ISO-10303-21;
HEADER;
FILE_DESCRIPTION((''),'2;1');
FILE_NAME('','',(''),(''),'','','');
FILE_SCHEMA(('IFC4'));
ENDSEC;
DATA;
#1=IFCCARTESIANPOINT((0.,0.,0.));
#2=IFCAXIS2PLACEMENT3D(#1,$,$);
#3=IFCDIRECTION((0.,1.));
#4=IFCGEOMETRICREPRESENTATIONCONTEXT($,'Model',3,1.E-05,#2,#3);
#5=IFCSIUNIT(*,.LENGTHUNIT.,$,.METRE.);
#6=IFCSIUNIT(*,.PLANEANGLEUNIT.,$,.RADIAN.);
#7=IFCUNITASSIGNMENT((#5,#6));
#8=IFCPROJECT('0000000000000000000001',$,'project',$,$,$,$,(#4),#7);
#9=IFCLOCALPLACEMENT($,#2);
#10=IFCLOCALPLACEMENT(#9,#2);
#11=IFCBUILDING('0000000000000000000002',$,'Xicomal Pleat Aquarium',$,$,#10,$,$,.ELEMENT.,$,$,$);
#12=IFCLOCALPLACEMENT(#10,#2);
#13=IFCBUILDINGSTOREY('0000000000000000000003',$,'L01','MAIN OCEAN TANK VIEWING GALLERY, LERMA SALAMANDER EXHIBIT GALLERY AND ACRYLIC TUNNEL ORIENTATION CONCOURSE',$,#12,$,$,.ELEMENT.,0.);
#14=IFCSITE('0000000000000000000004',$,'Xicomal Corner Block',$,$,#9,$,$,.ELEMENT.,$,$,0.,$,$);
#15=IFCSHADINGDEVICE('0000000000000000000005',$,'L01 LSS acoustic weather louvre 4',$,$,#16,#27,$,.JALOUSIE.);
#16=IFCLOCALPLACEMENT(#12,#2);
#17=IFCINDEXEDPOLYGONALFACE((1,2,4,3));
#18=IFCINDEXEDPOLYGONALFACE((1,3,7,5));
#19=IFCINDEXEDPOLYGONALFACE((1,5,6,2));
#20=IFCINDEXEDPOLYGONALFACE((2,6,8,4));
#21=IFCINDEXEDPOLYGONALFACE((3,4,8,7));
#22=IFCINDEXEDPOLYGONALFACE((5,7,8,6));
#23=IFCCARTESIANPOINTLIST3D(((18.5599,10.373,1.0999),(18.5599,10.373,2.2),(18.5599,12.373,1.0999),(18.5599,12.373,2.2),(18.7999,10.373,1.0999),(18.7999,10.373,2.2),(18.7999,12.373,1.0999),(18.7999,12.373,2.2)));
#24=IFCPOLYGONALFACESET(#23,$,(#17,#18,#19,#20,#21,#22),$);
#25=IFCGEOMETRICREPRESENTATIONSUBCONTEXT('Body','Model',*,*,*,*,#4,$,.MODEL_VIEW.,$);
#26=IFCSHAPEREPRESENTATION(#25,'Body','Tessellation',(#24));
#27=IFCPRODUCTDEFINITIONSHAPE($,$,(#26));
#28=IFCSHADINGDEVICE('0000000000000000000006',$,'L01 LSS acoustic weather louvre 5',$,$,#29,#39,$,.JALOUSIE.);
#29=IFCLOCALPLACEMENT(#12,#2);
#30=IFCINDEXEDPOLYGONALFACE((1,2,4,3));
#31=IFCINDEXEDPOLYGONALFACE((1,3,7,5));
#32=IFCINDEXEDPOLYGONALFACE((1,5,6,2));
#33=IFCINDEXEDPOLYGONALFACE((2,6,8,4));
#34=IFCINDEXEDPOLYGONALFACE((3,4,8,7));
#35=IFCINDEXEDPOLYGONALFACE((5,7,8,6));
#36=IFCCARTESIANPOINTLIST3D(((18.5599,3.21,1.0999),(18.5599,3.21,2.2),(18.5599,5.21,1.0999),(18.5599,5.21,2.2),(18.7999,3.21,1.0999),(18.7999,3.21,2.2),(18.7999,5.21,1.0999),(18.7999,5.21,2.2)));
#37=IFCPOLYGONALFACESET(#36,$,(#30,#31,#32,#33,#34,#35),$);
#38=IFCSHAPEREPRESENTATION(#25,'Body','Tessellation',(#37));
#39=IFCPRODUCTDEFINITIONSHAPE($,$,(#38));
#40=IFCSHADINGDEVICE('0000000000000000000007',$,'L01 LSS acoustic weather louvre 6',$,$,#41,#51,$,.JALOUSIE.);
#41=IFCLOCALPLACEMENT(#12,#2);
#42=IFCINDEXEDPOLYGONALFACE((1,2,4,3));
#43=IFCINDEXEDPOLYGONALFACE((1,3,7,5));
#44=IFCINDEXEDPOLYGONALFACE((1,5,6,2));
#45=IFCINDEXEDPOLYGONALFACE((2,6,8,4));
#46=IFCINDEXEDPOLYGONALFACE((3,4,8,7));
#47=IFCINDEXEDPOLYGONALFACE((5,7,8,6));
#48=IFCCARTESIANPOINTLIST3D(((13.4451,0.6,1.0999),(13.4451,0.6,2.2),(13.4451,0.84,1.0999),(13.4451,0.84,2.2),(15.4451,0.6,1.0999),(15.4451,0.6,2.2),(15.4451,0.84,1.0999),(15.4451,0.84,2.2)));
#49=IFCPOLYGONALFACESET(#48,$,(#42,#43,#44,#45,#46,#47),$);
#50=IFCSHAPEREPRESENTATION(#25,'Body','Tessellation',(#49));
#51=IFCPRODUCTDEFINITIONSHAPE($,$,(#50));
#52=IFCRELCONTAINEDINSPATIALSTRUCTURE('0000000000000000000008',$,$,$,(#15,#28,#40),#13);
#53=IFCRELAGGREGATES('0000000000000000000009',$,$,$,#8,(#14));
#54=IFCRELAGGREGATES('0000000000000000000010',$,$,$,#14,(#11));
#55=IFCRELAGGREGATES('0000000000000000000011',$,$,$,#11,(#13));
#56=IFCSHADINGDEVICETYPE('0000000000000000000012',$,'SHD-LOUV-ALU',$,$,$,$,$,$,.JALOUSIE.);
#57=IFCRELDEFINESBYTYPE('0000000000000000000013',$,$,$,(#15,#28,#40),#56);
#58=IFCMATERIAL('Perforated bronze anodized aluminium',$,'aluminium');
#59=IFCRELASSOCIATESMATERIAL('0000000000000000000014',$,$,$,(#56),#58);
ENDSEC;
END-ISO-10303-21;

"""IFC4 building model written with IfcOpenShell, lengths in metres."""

from ifc_helpers import new_model, si_unit, direction, frame, origin, origin_2d, place, context, subcontext, project, spatial, rectangle, extrude, material, type_object, element, save


model = new_model("IFC4")

# Units and contexts
model_context = context("Model", 3, precision=1e-05, world=origin(), true_north=direction((0.0, 1.0)))
body_context = subcontext(model_context, "Body", "Model", "MODEL_VIEW")
ifc_project = project(units=[si_unit("LENGTHUNIT", "METRE"), si_unit("PLANEANGLEUNIT", "RADIAN")], contexts=[model_context])

# Site, building, storey
site_placement = place(None, origin())
site = spatial("IfcSite", under=ifc_project, at=site_placement, Name="Xicomal Corner Block", CompositionType="ELEMENT", RefElevation=0.0)
building_placement = place(site_placement, origin())
building = spatial("IfcBuilding", under=site, at=building_placement, Name="Xicomal Pleat Aquarium", CompositionType="ELEMENT")
storey_placement = place(building_placement, origin())
storey = spatial("IfcBuildingStorey", under=building, at=storey_placement, Name="L01", Description="MAIN OCEAN TANK VIEWING GALLERY, LERMA SALAMANDER EXHIBIT GALLERY AND ACRYLIC TUNNEL ORIENTATION CONCOURSE", CompositionType="ELEMENT", Elevation=0.0)

# Shading devices
ifc_material_1 = material(Name="Perforated bronze anodized aluminium", Category="aluminium")
shading_device_type = type_object("IfcShadingDeviceType", Name="SHD-LOUV-ALU", PredefinedType="JALOUSIE", material=ifc_material_1)
for number, where, z_axis, x_axis, name in (
    (1, (18.6799, 11.373, 1.0999), (0.0, 0.0, 1.0), (0.0, -1.0, 0.0), "L01 LSS acoustic weather louvre 4"),
    (2, (18.6799, 4.21, 1.0999), (0.0, 0.0, 1.0), (0.0, -1.0, 0.0), "L01 LSS acoustic weather louvre 5"),
    (3, (14.4451, 0.72, 1.0999), (0.0, 0.0, 1.0), (-1.0, 0.0, 0.0), "L01 LSS acoustic weather louvre 6"),
):
    element("IfcShadingDevice", number, at=place(storey_placement, frame(where, z_axis=z_axis, x_axis=x_axis)), inside=storey, type_object=shading_device_type, Name=name, PredefinedType="JALOUSIE", context=body_context, shape_type="SweptSolid", body=[
        extrude(rectangle(XDim=2.0, YDim=0.24, at=origin_2d()), origin(), (0.0, 0.0, 1.0), 1.1001),
    ])

save(model, "model.ifc")
